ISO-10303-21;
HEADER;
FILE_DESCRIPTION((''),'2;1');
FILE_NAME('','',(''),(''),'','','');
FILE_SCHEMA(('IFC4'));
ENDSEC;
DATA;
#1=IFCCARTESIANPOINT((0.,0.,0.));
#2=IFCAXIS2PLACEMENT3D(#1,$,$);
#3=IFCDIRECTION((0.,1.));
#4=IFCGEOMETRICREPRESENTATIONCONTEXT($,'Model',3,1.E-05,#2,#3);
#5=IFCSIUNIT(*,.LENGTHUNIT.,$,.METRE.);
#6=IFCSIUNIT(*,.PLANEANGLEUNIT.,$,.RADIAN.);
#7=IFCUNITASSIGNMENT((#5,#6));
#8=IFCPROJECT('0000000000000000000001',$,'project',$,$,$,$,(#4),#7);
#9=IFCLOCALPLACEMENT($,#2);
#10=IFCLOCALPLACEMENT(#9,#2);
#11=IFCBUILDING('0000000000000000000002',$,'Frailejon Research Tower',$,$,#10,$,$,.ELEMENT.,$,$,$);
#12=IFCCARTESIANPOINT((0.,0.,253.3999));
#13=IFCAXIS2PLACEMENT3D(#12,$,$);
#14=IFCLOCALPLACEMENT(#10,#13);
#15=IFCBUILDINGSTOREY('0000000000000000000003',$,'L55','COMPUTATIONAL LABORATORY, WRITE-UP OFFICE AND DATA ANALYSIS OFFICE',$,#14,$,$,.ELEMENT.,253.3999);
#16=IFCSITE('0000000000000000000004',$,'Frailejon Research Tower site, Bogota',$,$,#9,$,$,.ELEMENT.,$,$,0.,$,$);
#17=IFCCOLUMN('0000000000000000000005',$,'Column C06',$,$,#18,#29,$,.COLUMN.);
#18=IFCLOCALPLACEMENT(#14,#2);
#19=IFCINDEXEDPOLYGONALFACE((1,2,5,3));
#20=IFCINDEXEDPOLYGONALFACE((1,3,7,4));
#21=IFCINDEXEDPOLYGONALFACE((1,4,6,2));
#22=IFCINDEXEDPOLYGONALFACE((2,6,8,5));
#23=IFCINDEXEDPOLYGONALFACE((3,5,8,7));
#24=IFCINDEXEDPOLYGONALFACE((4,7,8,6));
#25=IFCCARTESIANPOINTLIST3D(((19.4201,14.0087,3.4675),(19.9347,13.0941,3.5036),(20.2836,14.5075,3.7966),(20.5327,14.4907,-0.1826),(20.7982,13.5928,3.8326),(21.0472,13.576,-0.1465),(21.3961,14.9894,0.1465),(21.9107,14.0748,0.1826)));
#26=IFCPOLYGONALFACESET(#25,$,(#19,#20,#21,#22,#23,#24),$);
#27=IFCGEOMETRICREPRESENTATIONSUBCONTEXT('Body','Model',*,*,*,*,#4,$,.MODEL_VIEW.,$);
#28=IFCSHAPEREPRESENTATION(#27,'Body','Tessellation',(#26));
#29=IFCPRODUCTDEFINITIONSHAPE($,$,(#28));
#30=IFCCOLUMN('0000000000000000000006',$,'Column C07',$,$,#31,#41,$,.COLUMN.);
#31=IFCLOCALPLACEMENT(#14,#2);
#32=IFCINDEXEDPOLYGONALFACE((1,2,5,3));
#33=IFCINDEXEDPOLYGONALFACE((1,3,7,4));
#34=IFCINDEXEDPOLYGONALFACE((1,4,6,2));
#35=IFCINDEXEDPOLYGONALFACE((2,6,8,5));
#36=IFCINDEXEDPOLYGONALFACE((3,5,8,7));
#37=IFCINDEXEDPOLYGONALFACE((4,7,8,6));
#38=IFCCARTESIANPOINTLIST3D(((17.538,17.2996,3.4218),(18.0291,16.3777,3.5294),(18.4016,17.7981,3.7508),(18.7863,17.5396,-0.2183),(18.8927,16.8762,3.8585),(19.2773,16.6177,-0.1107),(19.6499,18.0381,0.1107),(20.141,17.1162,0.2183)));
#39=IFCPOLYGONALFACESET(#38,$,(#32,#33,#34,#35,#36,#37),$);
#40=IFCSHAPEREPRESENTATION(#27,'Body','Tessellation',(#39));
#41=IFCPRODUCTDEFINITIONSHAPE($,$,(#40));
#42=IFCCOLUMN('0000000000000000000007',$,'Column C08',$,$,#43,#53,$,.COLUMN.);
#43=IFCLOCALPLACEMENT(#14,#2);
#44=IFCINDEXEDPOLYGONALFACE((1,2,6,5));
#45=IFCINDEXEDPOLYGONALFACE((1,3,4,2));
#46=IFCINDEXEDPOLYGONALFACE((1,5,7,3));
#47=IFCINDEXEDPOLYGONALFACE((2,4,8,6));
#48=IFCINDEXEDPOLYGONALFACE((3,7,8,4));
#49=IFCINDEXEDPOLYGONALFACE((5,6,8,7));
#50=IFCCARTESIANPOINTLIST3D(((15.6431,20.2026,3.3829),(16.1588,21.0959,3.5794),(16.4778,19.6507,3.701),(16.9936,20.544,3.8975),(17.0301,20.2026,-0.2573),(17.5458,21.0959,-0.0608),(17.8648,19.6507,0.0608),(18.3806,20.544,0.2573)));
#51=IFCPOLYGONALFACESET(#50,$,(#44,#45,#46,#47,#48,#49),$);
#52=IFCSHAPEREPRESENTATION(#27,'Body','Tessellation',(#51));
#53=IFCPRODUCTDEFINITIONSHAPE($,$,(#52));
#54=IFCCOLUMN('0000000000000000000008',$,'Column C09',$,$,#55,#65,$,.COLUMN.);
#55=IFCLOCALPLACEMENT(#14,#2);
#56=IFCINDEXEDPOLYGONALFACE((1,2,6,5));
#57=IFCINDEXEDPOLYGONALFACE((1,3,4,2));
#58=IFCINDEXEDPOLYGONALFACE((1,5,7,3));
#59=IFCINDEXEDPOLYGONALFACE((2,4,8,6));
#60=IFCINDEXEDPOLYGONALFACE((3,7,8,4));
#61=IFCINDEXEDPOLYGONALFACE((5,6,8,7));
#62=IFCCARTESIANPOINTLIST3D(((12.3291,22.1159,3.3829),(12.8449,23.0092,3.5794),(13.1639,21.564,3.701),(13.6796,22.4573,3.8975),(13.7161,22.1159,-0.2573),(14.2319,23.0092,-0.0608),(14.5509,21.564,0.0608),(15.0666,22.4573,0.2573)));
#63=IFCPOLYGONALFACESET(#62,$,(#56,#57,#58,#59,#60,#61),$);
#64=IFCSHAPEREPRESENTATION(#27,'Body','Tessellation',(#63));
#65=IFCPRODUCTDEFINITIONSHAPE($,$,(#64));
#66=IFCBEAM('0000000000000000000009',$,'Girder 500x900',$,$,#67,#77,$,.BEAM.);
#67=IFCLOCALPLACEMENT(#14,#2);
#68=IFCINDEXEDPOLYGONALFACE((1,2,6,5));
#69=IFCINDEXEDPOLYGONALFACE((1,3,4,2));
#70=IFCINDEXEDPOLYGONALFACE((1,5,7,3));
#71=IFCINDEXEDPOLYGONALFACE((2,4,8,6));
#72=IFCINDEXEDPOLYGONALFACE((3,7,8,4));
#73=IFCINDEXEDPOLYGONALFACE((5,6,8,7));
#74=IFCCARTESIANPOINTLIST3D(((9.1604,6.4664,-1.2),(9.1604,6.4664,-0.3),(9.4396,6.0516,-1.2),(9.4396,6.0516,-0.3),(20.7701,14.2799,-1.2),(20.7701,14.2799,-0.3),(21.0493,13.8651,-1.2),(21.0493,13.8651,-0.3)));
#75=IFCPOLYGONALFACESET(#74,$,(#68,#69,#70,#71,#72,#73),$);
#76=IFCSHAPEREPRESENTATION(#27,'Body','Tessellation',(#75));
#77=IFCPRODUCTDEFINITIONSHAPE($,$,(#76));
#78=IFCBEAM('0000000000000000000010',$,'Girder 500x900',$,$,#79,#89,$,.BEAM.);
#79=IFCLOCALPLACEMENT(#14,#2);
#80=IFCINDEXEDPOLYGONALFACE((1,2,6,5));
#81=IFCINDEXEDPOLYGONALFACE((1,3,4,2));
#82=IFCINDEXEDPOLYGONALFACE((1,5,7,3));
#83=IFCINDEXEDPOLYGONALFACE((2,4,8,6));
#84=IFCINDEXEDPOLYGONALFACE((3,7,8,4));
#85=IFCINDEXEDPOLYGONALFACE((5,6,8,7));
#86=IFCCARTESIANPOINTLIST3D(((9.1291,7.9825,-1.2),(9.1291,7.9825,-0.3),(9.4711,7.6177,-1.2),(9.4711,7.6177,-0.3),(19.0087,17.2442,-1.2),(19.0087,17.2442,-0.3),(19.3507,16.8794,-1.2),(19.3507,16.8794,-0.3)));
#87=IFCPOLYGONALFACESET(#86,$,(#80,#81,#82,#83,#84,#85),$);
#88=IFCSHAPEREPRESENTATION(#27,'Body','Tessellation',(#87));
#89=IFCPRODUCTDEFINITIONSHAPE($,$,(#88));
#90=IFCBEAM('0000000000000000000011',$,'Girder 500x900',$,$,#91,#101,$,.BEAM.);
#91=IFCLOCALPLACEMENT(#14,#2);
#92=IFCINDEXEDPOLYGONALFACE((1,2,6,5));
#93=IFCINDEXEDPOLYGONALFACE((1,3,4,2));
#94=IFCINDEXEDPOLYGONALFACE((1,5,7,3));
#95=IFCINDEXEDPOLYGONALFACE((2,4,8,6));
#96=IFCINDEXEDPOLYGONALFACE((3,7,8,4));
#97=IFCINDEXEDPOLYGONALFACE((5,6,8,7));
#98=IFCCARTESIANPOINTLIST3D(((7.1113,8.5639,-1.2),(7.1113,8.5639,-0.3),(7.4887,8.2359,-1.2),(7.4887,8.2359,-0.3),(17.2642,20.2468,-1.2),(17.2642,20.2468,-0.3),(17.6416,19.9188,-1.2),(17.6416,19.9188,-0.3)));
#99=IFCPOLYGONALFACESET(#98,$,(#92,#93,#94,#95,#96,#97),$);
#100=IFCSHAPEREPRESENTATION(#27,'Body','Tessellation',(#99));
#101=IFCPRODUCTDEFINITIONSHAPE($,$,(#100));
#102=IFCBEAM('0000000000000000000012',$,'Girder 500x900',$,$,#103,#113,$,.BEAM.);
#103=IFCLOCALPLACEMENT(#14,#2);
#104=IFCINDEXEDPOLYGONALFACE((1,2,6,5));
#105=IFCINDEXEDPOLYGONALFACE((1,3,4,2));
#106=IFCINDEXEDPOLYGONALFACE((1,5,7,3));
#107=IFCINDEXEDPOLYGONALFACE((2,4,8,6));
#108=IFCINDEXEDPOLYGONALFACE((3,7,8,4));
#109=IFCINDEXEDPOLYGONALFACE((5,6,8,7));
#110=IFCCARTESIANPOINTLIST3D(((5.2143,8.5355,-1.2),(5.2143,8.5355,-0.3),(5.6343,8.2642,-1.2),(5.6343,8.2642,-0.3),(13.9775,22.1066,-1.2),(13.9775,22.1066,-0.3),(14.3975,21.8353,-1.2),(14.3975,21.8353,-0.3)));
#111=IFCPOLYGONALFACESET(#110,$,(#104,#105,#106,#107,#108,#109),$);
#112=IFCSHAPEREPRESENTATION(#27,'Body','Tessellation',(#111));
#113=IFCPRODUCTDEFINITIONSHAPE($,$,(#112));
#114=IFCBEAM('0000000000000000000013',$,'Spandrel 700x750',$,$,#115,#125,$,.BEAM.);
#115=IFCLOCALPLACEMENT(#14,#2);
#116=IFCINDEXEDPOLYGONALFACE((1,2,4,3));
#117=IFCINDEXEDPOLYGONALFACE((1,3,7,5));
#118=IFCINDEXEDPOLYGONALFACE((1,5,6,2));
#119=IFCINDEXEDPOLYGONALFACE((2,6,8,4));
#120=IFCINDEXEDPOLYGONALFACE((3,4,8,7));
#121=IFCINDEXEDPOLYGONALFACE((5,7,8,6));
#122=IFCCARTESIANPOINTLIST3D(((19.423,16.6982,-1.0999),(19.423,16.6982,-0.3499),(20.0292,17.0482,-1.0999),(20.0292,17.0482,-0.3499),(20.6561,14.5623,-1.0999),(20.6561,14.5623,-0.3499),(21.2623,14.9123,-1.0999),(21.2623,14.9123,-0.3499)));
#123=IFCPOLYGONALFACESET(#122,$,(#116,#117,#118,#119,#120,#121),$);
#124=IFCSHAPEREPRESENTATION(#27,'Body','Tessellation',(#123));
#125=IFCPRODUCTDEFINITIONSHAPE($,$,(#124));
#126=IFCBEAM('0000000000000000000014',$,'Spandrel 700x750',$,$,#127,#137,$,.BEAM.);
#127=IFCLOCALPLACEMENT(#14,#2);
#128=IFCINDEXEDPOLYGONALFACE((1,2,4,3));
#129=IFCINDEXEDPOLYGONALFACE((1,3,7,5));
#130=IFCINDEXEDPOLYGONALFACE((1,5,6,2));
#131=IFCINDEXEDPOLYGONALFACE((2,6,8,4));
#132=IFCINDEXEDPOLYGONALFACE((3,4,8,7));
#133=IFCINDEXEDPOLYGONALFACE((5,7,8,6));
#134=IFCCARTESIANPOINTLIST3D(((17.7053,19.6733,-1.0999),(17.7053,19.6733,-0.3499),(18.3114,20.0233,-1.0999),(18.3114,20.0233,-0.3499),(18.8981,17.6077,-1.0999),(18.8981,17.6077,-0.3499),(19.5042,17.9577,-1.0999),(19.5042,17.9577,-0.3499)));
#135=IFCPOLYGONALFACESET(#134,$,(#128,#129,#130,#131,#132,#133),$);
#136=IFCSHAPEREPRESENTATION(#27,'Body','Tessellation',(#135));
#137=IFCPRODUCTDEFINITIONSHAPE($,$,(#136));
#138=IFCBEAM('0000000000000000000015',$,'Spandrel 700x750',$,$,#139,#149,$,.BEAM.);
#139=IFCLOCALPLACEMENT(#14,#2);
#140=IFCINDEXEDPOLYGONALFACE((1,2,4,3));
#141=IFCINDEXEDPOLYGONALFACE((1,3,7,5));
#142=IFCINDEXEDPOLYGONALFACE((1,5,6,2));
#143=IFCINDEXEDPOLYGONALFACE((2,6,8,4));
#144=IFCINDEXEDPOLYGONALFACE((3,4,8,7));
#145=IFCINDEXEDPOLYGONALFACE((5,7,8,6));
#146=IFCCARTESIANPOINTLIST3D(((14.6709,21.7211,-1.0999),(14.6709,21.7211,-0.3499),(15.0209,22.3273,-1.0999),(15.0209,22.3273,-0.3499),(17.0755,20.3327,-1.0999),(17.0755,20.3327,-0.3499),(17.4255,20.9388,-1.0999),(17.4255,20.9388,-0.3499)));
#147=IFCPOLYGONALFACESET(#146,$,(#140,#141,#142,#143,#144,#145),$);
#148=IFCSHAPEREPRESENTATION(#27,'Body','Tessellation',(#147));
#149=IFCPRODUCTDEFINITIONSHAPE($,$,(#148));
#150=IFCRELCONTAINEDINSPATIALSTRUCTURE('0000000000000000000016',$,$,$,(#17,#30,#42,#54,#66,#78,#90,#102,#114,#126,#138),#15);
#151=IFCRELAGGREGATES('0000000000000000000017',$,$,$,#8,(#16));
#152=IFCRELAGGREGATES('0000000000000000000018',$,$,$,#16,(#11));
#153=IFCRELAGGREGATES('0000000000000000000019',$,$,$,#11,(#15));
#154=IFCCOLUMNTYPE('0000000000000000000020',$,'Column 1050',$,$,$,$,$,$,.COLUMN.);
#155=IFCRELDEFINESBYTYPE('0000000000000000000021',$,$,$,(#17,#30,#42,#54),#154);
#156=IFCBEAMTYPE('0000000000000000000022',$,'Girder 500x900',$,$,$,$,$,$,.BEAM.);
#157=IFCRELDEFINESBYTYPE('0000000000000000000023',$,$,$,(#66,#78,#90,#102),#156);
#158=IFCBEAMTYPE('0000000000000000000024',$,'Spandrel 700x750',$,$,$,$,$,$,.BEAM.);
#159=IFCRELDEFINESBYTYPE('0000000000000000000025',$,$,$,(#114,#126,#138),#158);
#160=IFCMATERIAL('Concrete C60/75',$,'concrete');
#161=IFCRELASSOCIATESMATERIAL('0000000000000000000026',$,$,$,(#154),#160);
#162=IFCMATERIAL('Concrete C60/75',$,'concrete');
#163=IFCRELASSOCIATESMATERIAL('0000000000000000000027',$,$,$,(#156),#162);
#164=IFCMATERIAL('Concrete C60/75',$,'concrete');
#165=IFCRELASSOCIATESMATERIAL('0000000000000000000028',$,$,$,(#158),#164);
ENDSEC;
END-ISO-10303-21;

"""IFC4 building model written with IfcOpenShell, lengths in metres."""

from ifc_helpers import new_model, si_unit, direction, frame, origin, origin_2d, place, context, subcontext, project, spatial, rectangle, extrude, material, material_profile, profile_set, type_object, element, save


model = new_model("IFC4")

# Units and contexts
model_context = context("Model", 3, precision=1e-05, world=origin(), true_north=direction((0.0, 1.0)))
body_context = subcontext(model_context, "Body", "Model", "MODEL_VIEW")
ifc_project = project(units=[si_unit("LENGTHUNIT", "METRE"), si_unit("PLANEANGLEUNIT", "RADIAN")], contexts=[model_context])

# Site, building, storey
site_placement = place(None, origin())
site = spatial("IfcSite", under=ifc_project, at=site_placement, Name="Frailejon Research Tower site, Bogota", CompositionType="ELEMENT", RefElevation=0.0)
building_placement = place(site_placement, origin())
building = spatial("IfcBuilding", under=site, at=building_placement, Name="Frailejon Research Tower", CompositionType="ELEMENT")
storey_placement = place(building_placement, frame((0.0, 0.0, 253.3999)))
storey = spatial("IfcBuildingStorey", under=building, at=storey_placement, Name="L55", Description="COMPUTATIONAL LABORATORY, WRITE-UP OFFICE AND DATA ANALYSIS OFFICE", CompositionType="ELEMENT", Elevation=253.3999)

# Columns
ifc_material_1 = material(Name="Concrete C60/75", Category="concrete")
ifc_material_profile_1 = material_profile(ifc_material_1, rectangle(XDim=1.05, YDim=1.05, at=origin_2d()), Name="Column 1050")
ifc_profile_set_1 = profile_set([ifc_material_profile_1], Name="Concrete C60/75")
column_type = type_object("IfcColumnType", Name="Column 1050", PredefinedType="COLUMN", material=ifc_profile_set_1)
column_1_placement = place(storey_placement, frame((21.2217, 14.2827, 0.0), z_axis=(-0.289256, -0.1253, 0.949016), x_axis=(-0.490022, 0.871033, -0.034353)))
element("IfcColumn", 1, at=column_1_placement, inside=storey, type_object=column_type, Name="Column C06", PredefinedType="COLUMN", context=body_context, shape_type="SweptSolid", body=[
    extrude(rectangle(XDim=1.05, YDim=1.05, at=origin_2d()), origin(), (0.0, 0.0, 1.0), 3.8462),
])
column_2_placement = place(storey_placement, frame((19.4636, 17.3279, 0.0), z_axis=(-0.323752, -0.062243, 0.944092), x_axis=(-0.467677, 0.877937, -0.102496)))
element("IfcColumn", 2, at=column_2_placement, inside=storey, type_object=column_type, Name="Column C07", PredefinedType="COLUMN", context=body_context, shape_type="SweptSolid", body=[
    extrude(rectangle(XDim=1.05, YDim=1.05, at=origin_2d()), origin(), (0.0, 0.0, 1.0), 3.8557),
])
for number, where, z_axis, x_axis, name in (
    (3, (17.7053, 20.3733, 0.0), (-0.35605, 0.0, 0.934467), (-0.794974, 0.525611, -0.302901), "Column C08"),
    (4, (14.3914, 22.2866, 0.0), (-0.35605, 0.0, 0.934467), (-0.794974, 0.525611, -0.302901), "Column C09"),
):
    element("IfcColumn", number, at=place(storey_placement, frame(where, z_axis=z_axis, x_axis=x_axis)), inside=storey, type_object=column_type, Name=name, PredefinedType="COLUMN", context=body_context, shape_type="SweptSolid", body=[
        extrude(rectangle(XDim=1.05, YDim=1.05, at=origin_2d()), origin(), (0.0, 0.0, 1.0), 3.8955),
    ])

# Beams
ifc_material_2 = material(Name="Concrete C60/75", Category="concrete")
ifc_material_profile_2 = material_profile(ifc_material_2, rectangle(XDim=0.5, YDim=0.8999, at=origin_2d()), Name="Girder 500x900")
ifc_profile_set_2 = profile_set([ifc_material_profile_2], Name="Concrete C60/75")
beam_type_1 = type_object("IfcBeamType", Name="Girder 500x900", PredefinedType="BEAM", material=ifc_profile_set_2)
beam_1_placement = place(storey_placement, frame((20.9097, 14.0725, -0.75), z_axis=(-0.829611, -0.558342, 0.0), x_axis=(0.558342, -0.829611, 0.0)))
element("IfcBeam", 5, at=beam_1_placement, inside=storey, type_object=beam_type_1, Name="Girder 500x900", PredefinedType="BEAM", context=body_context, shape_type="SweptSolid", body=[
    extrude(rectangle(XDim=0.5, YDim=0.8999, at=origin_2d()), origin(), (0.0, 0.0, 1.0), 13.9941),
])
beam_2_placement = place(storey_placement, frame((19.1797, 17.0618, -0.75), z_axis=(-0.729554, -0.683924, 0.0), x_axis=(0.683924, -0.729554, 0.0)))
element("IfcBeam", 6, at=beam_2_placement, inside=storey, type_object=beam_type_1, Name="Girder 500x900", PredefinedType="BEAM", context=body_context, shape_type="SweptSolid", body=[
    extrude(rectangle(XDim=0.5, YDim=0.8999, at=origin_2d()), origin(), (0.0, 0.0, 1.0), 13.542),
])
beam_3_placement = place(storey_placement, frame((17.4529, 20.0828, -0.75), z_axis=(-0.655951, -0.754803, 0.0), x_axis=(0.754803, -0.655951, 0.0)))
element("IfcBeam", 7, at=beam_3_placement, inside=storey, type_object=beam_type_1, Name="Girder 500x900", PredefinedType="BEAM", context=body_context, shape_type="SweptSolid", body=[
    extrude(rectangle(XDim=0.5, YDim=0.8999, at=origin_2d()), origin(), (0.0, 0.0, 1.0), 15.478),
])
beam_4_placement = place(storey_placement, frame((14.1875, 21.9709, -0.75), z_axis=(-0.542462, -0.84008, 0.0), x_axis=(0.84008, -0.542462, 0.0)))
element("IfcBeam", 8, at=beam_4_placement, inside=storey, type_object=beam_type_1, Name="Girder 500x900", PredefinedType="BEAM", context=body_context, shape_type="SweptSolid", body=[
    extrude(rectangle(XDim=0.5, YDim=0.8999, at=origin_2d()), origin(), (0.0, 0.0, 1.0), 16.1545),
])
ifc_material_3 = material(Name="Concrete C60/75", Category="concrete")
ifc_material_profile_3 = material_profile(ifc_material_3, rectangle(XDim=0.7, YDim=0.75, at=origin_2d()), Name="Spandrel 700x750")
ifc_profile_set_3 = profile_set([ifc_material_profile_3], Name="Concrete C60/75")
beam_type_2 = type_object("IfcBeamType", Name="Spandrel 700x750", PredefinedType="BEAM", material=ifc_profile_set_3)
beam_5_placement = place(storey_placement, frame((20.9592, 14.7373, -0.7249), z_axis=(-0.499982, 0.866036, 0.0), x_axis=(-0.866036, -0.499982, 0.0)))
element("IfcBeam", 9, at=beam_5_placement, inside=storey, type_object=beam_type_2, Name="Spandrel 700x750", PredefinedType="BEAM", context=body_context, shape_type="SweptSolid", body=[
    extrude(rectangle(XDim=0.7, YDim=0.75, at=origin_2d()), origin(), (0.0, 0.0, 1.0), 2.4663),
])
beam_6_placement = place(storey_placement, frame((19.2012, 17.7827, -0.7249), z_axis=(-0.50008, 0.865979, 0.0), x_axis=(-0.865979, -0.50008, 0.0)))
element("IfcBeam", 10, at=beam_6_placement, inside=storey, type_object=beam_type_2, Name="Spandrel 700x750", PredefinedType="BEAM", context=body_context, shape_type="SweptSolid", body=[
    extrude(rectangle(XDim=0.7, YDim=0.75, at=origin_2d()), origin(), (0.0, 0.0, 1.0), 2.3853),
])
beam_7_placement = place(storey_placement, frame((17.2505, 20.6357, -0.7249), z_axis=(-0.866, 0.500045, 0.0), x_axis=(-0.500045, -0.866, 0.0)))
element("IfcBeam", 11, at=beam_7_placement, inside=storey, type_object=beam_type_2, Name="Spandrel 700x750", PredefinedType="BEAM", context=body_context, shape_type="SweptSolid", body=[
    extrude(rectangle(XDim=0.7, YDim=0.75, at=origin_2d()), origin(), (0.0, 0.0, 1.0), 2.7766),
])

save(model, "model.ifc")
